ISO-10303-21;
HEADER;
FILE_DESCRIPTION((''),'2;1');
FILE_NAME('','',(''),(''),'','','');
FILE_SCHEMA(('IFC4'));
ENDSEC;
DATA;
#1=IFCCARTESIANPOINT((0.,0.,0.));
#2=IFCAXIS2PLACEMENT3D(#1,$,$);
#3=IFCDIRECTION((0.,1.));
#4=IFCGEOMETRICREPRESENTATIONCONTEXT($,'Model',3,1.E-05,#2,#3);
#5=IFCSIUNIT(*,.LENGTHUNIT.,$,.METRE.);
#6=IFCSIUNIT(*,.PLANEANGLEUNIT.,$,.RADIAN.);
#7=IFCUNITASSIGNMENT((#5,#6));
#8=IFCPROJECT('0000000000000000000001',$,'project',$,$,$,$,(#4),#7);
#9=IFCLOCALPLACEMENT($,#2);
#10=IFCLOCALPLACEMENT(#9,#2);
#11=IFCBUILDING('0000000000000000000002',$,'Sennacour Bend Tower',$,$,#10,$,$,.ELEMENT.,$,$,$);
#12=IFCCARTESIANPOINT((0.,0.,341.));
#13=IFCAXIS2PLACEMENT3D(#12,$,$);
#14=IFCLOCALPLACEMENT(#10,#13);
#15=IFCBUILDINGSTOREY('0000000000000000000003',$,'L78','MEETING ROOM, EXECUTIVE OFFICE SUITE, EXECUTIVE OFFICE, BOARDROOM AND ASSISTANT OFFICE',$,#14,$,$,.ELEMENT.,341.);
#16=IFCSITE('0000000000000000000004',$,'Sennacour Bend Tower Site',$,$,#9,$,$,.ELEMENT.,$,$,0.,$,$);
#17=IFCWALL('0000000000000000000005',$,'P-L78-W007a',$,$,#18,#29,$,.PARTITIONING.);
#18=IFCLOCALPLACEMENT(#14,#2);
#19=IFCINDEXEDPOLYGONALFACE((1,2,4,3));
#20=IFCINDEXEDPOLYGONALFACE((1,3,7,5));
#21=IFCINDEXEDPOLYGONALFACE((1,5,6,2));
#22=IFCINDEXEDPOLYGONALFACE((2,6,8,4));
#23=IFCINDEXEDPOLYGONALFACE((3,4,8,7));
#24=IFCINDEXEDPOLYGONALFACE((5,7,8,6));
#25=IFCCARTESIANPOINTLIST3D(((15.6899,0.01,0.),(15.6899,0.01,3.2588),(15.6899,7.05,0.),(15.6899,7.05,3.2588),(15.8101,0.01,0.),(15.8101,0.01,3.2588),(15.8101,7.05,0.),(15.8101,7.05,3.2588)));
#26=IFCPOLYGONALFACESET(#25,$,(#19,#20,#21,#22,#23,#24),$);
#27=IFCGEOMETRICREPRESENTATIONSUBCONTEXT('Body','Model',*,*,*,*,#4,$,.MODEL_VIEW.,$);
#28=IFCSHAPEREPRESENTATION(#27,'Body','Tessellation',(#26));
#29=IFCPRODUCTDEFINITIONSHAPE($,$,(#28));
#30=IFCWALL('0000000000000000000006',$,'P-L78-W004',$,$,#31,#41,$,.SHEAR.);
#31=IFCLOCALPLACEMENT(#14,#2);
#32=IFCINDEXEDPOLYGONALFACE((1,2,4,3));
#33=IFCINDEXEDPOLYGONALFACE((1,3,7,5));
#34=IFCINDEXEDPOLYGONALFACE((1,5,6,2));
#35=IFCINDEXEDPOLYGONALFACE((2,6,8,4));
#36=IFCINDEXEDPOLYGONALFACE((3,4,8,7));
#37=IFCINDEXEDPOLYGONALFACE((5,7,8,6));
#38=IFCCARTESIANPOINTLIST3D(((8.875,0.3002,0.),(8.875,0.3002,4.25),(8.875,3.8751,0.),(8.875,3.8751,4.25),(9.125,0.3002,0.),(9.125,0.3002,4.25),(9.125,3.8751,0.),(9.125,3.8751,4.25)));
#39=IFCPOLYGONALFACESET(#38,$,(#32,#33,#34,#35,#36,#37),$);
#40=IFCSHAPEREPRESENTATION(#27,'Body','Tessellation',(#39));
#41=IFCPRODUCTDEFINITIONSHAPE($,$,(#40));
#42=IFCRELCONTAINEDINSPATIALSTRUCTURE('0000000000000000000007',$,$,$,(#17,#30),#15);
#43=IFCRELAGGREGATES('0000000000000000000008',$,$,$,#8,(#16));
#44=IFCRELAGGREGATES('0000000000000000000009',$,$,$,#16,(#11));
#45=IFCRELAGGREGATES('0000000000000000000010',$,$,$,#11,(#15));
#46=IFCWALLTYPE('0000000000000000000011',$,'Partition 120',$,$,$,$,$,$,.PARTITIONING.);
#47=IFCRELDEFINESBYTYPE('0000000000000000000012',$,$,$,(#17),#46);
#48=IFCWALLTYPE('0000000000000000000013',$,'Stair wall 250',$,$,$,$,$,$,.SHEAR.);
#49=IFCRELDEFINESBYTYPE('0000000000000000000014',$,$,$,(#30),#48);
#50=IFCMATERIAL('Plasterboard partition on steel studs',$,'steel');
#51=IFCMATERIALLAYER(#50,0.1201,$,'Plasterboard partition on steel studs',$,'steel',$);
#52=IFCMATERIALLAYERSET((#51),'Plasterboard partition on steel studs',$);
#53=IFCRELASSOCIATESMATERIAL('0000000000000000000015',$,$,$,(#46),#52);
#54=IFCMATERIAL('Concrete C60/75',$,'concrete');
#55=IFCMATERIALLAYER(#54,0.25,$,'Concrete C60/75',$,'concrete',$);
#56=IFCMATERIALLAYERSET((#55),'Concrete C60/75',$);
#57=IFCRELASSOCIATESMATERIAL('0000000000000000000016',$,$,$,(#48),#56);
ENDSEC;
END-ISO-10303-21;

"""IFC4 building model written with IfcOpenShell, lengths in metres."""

from ifc_helpers import new_model, si_unit, direction, frame, frame_2d, origin, place, context, subcontext, project, spatial, rectangle, extrude, material, layer, layer_set, type_object, element, save


model = new_model("IFC4")

# Units and contexts
model_context = context("Model", 3, precision=1e-05, world=origin(), true_north=direction((0.0, 1.0)))
body_context = subcontext(model_context, "Body", "Model", "MODEL_VIEW")
ifc_project = project(units=[si_unit("LENGTHUNIT", "METRE"), si_unit("PLANEANGLEUNIT", "RADIAN")], contexts=[model_context])

# Site, building, storey
site_placement = place(None, origin())
site = spatial("IfcSite", under=ifc_project, at=site_placement, Name="Sennacour Bend Tower Site", CompositionType="ELEMENT", RefElevation=0.0)
building_placement = place(site_placement, origin())
building = spatial("IfcBuilding", under=site, at=building_placement, Name="Sennacour Bend Tower", CompositionType="ELEMENT")
storey_placement = place(building_placement, frame((0.0, 0.0, 341.0)))
storey = spatial("IfcBuildingStorey", under=building, at=storey_placement, Name="L78", Description="MEETING ROOM, EXECUTIVE OFFICE SUITE, EXECUTIVE OFFICE, BOARDROOM AND ASSISTANT OFFICE", CompositionType="ELEMENT", Elevation=341.0)

# Walls
ifc_material_1 = material(Name="Plasterboard partition on steel studs", Category="steel")
ifc_layer_1 = layer(ifc_material_1, 0.1201, Name="Plasterboard partition on steel studs", Category="steel")
ifc_layer_set_1 = layer_set([ifc_layer_1], Name="Plasterboard partition on steel studs")
wall_type_1 = type_object("IfcWallType", Name="Partition 120", PredefinedType="PARTITIONING", material=ifc_layer_set_1)
wall_1_placement = place(storey_placement, frame((15.75, 0.01, 0.0), z_axis=(0.0, 0.0, 1.0), x_axis=(0.0, 1.0, 0.0)))
element("IfcWall", 1, at=wall_1_placement, inside=storey, type_object=wall_type_1, Name="P-L78-W007a", PredefinedType="PARTITIONING", context=body_context, shape_type="SweptSolid", body=[
    extrude(rectangle(XDim=7.04, YDim=0.1201, at=frame_2d((3.52, 0.0))), origin(), (0.0, 0.0, 1.0), 3.2588),
])
ifc_material_2 = material(Name="Concrete C60/75", Category="concrete")
ifc_layer_2 = layer(ifc_material_2, 0.25, Name="Concrete C60/75", Category="concrete")
ifc_layer_set_2 = layer_set([ifc_layer_2], Name="Concrete C60/75")
wall_type_2 = type_object("IfcWallType", Name="Stair wall 250", PredefinedType="SHEAR", material=ifc_layer_set_2)
wall_2_placement = place(storey_placement, frame((9.0, 0.3, 0.0), z_axis=(0.0, 0.0, 1.0), x_axis=(0.0, 1.0, 0.0)))
element("IfcWall", 2, at=wall_2_placement, inside=storey, type_object=wall_type_2, Name="P-L78-W004", PredefinedType="SHEAR", context=body_context, shape_type="SweptSolid", body=[
    extrude(rectangle(XDim=3.575, YDim=0.25, at=frame_2d((1.7876, 0.0))), origin(), (0.0, 0.0, 1.0), 4.25),
])

save(model, "model.ifc")
